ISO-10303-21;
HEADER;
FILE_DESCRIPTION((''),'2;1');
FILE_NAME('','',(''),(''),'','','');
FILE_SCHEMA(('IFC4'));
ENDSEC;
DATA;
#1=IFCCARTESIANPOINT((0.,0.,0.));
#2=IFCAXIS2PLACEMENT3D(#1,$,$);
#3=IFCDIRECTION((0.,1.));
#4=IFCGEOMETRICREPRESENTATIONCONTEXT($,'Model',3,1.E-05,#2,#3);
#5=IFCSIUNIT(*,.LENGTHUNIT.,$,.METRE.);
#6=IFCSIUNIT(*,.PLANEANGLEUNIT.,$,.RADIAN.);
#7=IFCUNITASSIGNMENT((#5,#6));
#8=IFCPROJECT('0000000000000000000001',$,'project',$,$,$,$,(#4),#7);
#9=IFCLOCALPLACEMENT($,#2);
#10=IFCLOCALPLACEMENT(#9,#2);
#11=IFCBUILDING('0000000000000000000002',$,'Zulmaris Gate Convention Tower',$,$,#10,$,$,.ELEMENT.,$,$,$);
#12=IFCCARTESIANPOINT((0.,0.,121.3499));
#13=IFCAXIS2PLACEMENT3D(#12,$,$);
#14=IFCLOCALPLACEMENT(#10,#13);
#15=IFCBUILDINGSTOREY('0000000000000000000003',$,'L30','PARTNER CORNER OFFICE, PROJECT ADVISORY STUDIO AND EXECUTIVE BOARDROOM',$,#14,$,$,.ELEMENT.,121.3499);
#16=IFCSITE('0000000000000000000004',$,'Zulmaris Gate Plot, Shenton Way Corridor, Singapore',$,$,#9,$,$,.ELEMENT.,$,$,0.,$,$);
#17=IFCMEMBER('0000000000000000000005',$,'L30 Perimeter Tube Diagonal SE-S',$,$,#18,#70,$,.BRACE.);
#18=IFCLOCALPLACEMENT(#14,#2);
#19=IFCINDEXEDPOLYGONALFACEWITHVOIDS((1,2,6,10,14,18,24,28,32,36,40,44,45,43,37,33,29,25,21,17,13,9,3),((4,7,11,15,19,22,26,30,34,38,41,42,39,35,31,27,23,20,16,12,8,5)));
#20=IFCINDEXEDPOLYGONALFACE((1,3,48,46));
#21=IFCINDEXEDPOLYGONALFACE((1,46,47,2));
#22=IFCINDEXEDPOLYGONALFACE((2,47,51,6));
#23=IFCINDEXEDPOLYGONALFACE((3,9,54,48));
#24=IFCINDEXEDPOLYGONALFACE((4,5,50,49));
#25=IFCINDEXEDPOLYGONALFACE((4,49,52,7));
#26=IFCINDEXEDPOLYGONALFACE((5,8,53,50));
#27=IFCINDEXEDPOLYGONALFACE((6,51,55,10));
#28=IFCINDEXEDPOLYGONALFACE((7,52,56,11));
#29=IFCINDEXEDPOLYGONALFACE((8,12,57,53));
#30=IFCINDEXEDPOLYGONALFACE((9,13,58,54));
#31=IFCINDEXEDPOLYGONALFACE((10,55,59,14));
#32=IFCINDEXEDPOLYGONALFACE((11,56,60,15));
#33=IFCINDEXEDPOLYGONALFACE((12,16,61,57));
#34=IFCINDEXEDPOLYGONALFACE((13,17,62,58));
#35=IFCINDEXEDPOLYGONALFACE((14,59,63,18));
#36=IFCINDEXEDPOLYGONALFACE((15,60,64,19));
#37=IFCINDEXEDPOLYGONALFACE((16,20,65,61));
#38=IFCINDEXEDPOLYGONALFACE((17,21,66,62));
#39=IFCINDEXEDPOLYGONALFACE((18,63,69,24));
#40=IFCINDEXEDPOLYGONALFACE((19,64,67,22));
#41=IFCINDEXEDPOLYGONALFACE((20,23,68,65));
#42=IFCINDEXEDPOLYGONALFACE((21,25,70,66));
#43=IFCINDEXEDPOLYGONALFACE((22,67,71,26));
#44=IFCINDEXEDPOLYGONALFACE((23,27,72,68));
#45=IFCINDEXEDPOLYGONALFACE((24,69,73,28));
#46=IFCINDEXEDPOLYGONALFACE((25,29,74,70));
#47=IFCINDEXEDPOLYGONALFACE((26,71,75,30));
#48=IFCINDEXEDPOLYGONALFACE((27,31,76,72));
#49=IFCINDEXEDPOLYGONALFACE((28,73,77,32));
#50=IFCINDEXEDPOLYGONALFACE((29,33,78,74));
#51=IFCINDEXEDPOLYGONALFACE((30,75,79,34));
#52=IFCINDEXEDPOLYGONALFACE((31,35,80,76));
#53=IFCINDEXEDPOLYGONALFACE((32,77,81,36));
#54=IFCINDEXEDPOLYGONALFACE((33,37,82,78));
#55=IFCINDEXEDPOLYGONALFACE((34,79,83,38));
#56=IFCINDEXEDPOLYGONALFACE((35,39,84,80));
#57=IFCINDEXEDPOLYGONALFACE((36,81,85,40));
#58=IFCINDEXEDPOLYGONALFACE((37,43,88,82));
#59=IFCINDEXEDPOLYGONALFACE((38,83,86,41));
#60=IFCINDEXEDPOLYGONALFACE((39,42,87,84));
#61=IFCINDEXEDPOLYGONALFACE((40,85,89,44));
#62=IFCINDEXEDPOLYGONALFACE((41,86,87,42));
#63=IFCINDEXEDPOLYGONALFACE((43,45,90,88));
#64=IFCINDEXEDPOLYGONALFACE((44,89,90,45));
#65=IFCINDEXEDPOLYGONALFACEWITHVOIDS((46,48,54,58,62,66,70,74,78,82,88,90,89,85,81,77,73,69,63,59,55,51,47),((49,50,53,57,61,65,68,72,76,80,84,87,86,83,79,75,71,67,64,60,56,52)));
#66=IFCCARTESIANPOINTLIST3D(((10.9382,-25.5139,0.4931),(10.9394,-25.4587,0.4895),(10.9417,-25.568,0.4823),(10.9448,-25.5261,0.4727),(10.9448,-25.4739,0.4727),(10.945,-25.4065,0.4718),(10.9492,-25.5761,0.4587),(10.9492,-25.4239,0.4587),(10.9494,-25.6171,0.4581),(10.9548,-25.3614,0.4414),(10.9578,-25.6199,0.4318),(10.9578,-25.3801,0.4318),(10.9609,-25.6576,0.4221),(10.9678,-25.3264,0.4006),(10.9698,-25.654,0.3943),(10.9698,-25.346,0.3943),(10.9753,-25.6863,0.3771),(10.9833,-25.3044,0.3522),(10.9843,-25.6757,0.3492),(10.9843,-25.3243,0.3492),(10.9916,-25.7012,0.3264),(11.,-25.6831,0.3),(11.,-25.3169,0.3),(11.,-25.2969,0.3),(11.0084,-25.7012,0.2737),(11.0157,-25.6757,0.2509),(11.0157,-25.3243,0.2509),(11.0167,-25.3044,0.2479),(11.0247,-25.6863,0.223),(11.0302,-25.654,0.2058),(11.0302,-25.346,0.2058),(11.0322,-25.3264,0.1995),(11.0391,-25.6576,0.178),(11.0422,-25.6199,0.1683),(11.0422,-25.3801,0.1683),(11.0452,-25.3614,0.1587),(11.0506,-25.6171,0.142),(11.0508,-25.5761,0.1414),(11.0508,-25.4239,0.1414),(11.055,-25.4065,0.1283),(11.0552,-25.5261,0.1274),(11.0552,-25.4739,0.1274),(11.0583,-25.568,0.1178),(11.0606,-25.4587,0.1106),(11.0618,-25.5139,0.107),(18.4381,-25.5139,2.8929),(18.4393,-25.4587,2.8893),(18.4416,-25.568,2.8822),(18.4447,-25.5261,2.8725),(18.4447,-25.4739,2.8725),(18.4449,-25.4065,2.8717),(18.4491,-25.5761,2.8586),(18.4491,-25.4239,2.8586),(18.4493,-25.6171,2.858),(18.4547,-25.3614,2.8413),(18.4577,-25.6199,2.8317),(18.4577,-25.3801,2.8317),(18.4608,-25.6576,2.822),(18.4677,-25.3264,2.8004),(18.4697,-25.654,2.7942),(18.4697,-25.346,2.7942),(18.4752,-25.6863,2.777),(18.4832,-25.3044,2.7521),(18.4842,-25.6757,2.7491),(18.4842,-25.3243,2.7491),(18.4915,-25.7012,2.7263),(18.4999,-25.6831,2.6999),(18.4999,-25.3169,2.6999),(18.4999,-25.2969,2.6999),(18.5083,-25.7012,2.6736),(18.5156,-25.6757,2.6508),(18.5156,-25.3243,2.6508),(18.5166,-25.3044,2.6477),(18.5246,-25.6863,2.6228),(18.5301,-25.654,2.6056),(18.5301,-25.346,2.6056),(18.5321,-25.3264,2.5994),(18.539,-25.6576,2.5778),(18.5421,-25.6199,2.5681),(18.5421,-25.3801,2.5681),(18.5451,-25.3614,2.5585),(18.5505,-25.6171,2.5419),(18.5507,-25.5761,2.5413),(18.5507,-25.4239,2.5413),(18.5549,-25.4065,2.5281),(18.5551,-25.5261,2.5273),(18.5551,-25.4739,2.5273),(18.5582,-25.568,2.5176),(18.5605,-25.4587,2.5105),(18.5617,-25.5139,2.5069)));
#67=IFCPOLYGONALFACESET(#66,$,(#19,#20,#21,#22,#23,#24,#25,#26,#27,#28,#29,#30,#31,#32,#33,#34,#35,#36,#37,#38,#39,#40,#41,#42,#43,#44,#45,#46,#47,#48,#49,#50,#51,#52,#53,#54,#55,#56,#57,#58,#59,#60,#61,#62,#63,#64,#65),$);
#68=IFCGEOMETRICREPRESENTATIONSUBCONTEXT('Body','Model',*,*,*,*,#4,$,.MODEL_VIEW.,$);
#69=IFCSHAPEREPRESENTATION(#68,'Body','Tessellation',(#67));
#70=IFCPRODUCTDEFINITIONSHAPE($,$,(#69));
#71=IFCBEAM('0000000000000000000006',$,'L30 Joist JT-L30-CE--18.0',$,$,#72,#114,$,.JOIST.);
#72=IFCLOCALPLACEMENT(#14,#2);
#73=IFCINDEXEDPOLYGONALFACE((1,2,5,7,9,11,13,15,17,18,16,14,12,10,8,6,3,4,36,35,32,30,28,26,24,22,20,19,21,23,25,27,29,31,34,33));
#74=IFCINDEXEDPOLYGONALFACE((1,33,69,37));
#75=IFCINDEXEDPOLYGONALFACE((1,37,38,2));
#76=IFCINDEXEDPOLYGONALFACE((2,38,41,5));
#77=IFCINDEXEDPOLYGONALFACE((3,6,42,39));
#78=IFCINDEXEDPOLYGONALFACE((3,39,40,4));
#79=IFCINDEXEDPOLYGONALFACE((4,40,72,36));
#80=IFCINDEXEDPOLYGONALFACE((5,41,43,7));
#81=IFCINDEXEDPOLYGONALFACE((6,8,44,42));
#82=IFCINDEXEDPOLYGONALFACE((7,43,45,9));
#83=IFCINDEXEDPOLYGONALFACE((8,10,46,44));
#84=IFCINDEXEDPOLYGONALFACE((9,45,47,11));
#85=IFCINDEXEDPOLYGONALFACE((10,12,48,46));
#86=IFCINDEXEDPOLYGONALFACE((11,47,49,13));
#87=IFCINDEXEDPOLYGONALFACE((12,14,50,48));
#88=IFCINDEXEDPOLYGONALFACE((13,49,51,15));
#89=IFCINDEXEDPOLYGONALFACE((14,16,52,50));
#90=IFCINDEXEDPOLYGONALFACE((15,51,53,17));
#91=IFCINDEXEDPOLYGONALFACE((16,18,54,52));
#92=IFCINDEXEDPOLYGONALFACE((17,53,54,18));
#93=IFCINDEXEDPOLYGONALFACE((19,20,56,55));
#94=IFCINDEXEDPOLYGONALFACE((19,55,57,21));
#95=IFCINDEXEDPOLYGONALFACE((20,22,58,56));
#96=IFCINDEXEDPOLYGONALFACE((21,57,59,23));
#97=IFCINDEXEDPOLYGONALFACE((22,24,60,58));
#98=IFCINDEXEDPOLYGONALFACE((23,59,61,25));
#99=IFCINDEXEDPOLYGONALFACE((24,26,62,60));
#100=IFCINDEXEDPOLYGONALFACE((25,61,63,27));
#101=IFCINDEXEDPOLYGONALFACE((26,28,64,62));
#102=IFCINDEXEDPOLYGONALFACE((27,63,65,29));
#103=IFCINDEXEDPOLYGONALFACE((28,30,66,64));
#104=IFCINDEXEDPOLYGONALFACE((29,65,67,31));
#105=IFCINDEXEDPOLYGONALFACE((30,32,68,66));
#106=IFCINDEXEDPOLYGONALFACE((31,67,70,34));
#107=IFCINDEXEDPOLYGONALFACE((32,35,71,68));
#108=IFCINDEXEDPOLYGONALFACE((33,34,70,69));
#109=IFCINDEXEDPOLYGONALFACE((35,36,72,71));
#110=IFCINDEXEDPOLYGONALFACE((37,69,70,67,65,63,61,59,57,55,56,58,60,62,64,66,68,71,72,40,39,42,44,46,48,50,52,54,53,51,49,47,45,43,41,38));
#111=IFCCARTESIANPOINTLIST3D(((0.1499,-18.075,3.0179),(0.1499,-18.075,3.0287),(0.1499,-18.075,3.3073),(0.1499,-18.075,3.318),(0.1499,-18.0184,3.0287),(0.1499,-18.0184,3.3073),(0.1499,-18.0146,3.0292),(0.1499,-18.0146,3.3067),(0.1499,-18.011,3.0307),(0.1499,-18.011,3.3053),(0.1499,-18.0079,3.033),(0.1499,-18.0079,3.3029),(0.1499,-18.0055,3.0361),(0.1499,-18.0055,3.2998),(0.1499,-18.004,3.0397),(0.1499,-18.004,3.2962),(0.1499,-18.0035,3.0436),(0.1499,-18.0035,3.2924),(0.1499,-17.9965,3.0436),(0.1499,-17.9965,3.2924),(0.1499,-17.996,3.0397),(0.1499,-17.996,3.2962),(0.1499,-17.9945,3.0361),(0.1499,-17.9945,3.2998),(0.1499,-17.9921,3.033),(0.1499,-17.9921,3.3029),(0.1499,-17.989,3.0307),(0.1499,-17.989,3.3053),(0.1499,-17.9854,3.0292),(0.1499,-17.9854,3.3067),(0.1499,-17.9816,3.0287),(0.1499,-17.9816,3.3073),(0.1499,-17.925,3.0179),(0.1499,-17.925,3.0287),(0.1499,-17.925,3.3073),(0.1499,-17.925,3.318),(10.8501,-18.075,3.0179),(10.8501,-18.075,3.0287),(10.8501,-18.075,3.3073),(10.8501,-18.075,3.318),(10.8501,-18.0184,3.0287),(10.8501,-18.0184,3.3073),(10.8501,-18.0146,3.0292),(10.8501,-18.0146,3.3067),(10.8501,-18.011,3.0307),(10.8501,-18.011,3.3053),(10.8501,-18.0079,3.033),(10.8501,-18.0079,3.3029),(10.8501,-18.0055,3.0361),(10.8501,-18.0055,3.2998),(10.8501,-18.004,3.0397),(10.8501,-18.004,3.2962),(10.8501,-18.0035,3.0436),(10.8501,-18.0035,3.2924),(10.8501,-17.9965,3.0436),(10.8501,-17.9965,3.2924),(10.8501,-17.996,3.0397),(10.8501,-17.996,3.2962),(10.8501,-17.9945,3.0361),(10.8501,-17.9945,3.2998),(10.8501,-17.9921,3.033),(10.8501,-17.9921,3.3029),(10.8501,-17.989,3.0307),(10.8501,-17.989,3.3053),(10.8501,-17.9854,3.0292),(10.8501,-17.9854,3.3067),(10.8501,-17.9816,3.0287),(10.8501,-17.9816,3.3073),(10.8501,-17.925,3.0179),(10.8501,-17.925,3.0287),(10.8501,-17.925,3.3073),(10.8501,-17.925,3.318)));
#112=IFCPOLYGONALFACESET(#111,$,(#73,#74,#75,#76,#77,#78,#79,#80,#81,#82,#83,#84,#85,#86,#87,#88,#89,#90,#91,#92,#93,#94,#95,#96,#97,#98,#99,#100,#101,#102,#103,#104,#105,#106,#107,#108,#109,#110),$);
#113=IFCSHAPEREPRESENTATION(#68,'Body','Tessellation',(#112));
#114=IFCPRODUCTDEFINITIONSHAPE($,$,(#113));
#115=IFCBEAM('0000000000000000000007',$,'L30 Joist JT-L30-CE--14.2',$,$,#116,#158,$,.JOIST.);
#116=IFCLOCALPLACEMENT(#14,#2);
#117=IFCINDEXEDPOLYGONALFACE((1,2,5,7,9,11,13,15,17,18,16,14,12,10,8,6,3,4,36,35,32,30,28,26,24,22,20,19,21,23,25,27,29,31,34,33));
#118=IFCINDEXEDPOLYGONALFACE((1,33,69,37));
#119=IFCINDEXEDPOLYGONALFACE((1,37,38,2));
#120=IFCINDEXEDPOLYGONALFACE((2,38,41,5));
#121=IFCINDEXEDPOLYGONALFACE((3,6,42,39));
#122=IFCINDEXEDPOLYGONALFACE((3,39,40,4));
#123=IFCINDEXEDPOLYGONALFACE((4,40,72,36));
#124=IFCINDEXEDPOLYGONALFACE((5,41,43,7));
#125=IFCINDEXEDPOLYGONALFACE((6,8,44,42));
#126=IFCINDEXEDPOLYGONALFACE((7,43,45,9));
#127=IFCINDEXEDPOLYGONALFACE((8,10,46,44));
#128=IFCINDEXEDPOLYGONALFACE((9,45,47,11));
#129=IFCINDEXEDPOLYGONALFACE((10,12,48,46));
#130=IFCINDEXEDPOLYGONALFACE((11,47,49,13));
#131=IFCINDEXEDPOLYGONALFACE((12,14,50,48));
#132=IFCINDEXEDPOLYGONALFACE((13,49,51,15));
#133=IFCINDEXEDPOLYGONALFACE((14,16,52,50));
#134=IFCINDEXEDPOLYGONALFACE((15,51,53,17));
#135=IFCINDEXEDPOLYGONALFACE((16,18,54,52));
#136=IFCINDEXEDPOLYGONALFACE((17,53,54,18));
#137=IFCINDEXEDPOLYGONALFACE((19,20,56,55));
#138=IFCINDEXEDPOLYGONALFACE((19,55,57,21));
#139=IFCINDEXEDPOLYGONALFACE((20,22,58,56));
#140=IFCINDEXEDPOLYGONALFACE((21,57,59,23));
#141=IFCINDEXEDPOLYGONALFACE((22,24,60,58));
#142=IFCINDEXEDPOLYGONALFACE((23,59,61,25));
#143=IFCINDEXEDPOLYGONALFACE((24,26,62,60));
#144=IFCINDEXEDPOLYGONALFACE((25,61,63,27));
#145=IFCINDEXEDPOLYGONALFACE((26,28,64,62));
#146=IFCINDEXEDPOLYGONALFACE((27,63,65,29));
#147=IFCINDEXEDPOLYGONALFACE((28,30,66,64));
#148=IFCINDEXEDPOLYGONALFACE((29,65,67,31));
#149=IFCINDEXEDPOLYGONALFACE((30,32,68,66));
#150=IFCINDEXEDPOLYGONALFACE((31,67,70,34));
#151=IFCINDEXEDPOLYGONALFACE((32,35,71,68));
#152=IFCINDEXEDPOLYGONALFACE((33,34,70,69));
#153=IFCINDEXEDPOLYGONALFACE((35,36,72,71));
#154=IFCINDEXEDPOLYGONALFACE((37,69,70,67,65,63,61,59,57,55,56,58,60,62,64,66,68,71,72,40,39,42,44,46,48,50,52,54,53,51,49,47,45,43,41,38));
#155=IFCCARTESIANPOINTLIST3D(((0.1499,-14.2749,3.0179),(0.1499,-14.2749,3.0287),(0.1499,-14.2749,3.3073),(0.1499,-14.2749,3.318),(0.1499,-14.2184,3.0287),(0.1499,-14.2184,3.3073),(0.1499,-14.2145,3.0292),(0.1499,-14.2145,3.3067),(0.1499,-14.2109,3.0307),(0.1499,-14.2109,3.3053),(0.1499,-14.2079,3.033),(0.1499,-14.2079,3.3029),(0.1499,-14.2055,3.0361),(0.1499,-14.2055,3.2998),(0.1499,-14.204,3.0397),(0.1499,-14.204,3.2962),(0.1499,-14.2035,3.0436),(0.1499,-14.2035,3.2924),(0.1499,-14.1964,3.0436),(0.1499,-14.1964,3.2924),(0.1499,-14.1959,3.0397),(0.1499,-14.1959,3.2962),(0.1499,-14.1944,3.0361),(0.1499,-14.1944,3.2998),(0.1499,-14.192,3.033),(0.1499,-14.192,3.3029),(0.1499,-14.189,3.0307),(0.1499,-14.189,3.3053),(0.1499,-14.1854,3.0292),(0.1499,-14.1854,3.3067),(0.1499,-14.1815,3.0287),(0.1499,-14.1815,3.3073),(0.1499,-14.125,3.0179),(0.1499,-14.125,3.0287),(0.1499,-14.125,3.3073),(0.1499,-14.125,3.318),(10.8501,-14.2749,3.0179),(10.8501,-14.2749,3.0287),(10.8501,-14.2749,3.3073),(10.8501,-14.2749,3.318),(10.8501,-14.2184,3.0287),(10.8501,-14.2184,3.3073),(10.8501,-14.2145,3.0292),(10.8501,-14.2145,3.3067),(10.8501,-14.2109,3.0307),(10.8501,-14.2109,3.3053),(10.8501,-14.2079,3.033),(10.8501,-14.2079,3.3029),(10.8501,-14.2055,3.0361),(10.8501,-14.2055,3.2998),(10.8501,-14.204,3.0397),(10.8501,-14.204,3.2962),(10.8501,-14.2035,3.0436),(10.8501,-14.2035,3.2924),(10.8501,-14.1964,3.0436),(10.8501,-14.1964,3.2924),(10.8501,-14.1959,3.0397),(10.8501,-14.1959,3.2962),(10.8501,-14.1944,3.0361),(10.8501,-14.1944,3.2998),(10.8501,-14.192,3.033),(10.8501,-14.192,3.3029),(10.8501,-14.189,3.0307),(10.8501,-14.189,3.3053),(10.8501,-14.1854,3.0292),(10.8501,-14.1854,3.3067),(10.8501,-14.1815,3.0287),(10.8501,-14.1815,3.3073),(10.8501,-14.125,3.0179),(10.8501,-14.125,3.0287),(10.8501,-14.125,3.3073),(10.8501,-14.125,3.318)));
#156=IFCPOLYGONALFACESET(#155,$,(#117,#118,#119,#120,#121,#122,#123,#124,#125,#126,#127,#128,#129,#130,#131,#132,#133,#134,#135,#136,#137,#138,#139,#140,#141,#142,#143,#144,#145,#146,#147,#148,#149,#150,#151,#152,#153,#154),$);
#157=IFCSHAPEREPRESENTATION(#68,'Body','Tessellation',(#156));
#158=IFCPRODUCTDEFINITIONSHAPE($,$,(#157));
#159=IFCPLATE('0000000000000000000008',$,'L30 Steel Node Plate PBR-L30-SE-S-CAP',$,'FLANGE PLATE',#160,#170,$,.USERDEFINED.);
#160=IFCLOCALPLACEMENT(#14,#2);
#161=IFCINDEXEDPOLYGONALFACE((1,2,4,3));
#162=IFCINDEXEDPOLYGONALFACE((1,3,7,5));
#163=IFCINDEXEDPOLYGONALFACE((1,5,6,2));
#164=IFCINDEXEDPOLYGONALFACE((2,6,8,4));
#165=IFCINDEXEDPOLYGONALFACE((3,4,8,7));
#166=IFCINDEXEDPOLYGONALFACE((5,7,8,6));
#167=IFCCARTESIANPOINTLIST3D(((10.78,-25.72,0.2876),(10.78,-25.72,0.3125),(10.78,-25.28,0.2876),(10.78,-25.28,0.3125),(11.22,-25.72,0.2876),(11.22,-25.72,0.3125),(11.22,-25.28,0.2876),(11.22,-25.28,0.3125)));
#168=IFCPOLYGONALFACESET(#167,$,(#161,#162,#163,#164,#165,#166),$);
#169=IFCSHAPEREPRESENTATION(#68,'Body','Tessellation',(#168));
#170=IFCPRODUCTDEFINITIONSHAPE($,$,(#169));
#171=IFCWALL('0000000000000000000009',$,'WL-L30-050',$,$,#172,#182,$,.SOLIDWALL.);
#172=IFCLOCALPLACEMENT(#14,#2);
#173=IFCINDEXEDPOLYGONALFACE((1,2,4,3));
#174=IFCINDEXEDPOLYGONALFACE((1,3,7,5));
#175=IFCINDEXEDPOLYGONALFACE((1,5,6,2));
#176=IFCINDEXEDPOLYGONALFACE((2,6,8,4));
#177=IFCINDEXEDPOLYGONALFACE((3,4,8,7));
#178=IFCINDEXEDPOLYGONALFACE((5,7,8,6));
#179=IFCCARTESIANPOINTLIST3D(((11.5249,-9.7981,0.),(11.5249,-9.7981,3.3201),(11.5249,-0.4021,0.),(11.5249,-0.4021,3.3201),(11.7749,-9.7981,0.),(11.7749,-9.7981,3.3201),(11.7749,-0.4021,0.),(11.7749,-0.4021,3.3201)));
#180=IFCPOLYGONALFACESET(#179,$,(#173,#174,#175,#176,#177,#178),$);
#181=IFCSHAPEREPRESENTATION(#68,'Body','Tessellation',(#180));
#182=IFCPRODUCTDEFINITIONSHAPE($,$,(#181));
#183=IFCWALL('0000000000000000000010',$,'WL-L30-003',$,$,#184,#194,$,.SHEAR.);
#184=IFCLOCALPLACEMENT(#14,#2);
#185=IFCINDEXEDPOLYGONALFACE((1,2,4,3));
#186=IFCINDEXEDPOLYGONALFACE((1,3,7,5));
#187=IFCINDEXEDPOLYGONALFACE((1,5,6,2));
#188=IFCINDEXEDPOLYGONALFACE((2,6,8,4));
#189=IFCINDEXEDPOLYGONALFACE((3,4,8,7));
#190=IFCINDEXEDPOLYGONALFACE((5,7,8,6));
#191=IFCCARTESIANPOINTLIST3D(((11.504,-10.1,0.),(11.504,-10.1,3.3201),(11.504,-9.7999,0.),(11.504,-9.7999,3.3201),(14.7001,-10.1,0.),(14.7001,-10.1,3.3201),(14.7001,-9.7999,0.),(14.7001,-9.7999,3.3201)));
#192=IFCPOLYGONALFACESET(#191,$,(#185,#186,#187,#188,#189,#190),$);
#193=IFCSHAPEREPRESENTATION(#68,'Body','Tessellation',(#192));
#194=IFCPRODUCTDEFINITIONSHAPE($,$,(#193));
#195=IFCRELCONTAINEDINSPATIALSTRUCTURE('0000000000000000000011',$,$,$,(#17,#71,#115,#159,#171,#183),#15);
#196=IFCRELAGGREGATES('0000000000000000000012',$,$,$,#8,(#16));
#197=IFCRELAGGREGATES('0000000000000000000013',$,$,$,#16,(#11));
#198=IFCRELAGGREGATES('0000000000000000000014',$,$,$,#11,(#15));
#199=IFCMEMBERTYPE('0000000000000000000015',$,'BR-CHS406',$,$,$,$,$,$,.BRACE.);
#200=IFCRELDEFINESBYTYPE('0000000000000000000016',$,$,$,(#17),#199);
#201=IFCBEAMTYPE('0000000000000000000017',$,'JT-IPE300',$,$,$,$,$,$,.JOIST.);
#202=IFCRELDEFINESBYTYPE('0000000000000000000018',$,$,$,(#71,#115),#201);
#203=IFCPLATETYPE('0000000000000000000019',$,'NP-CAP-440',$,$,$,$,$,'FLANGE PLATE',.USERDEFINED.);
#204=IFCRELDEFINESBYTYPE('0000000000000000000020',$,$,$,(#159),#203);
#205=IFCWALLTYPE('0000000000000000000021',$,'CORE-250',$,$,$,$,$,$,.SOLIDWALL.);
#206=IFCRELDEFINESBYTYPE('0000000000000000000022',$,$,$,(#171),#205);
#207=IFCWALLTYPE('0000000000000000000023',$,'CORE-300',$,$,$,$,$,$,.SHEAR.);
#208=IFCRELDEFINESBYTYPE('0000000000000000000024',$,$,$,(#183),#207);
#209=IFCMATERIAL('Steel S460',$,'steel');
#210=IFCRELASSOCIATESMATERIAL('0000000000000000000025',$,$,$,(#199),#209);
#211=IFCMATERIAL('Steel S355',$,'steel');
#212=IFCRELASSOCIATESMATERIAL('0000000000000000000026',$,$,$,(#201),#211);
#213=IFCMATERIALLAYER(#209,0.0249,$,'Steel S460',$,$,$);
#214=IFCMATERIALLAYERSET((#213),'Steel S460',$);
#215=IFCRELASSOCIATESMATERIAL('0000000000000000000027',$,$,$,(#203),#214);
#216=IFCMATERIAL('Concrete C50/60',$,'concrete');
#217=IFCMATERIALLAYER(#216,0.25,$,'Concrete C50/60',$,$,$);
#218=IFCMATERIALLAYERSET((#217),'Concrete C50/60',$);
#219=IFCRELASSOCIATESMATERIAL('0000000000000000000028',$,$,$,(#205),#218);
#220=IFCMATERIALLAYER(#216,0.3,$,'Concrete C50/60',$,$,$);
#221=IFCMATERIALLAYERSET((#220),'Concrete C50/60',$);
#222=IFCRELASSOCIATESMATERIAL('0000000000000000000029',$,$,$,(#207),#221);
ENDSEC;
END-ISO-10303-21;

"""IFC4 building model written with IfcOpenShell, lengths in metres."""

from ifc_helpers import new_model, si_unit, direction, frame, frame_2d, origin, origin_2d, place, context, subcontext, project, spatial, rectangle, hollow_circle, i_section, extrude, material, layer, layer_set, material_profile, profile_set, type_object, element, save


model = new_model("IFC4")

# Units and contexts
model_context = context("Model", 3, precision=1e-05, world=origin(), true_north=direction((0.0, 1.0)))
body_context = subcontext(model_context, "Body", "Model", "MODEL_VIEW")
ifc_project = project(units=[si_unit("LENGTHUNIT", "METRE"), si_unit("PLANEANGLEUNIT", "RADIAN")], contexts=[model_context])

# Site, building, storey
site_placement = place(None, origin())
site = spatial("IfcSite", under=ifc_project, at=site_placement, Name="Zulmaris Gate Plot, Shenton Way Corridor, Singapore", CompositionType="ELEMENT", RefElevation=0.0)
building_placement = place(site_placement, origin())
building = spatial("IfcBuilding", under=site, at=building_placement, Name="Zulmaris Gate Convention Tower", CompositionType="ELEMENT")
storey_placement = place(building_placement, frame((0.0, 0.0, 121.3499)))
storey = spatial("IfcBuildingStorey", under=building, at=storey_placement, Name="L30", Description="PARTNER CORNER OFFICE, PROJECT ADVISORY STUDIO AND EXECUTIVE BOARDROOM", CompositionType="ELEMENT", Elevation=121.3499)

# Shared definitions
ifc_material_1 = material(Name="Steel S355", Category="steel")

# Member
ifc_material_2 = material(Name="Steel S460", Category="steel")
ifc_material_profile_1 = material_profile(ifc_material_2, hollow_circle(Radius=0.2031, WallThickness=0.02, at=origin_2d()), Name="CHS 406.4x20")
ifc_profile_set_1 = profile_set([ifc_material_profile_1], Name="Steel S460")
member_type = type_object("IfcMemberType", Name="BR-CHS406", PredefinedType="BRACE", material=ifc_profile_set_1)
member_placement = place(storey_placement, frame((11.0, -25.5, 0.3), z_axis=(0.952428, 0.0, 0.304764), x_axis=(0.0, 1.0, 0.0)))
element("IfcMember", 1, at=member_placement, inside=storey, type_object=member_type, Name="L30 Perimeter Tube Diagonal SE-S", PredefinedType="BRACE", context=body_context, shape_type="SweptSolid", body=[
    extrude(hollow_circle(Radius=0.2031, WallThickness=0.02, at=origin_2d()), origin(), (0.0, 0.0, 1.0), 7.8745),
])

# Beams
ifc_material_profile_2 = material_profile(ifc_material_1, i_section(OverallWidth=0.1499, OverallDepth=0.3, WebThickness=0.0071, FlangeThickness=0.0107, FilletRadius=0.0149, at=origin_2d()), Name="IPE 300")
ifc_profile_set_2 = profile_set([ifc_material_profile_2], Name="Steel S355")
beam_type_1 = type_object("IfcBeamType", Name="JT-IPE300", PredefinedType="JOIST", material=ifc_profile_set_2)
for number, where, z_axis, x_axis, name in (
    (2, (0.1499, -18.0, 3.168), (1.0, 0.0, 0.0), (0.0, 1.0, 0.0), "L30 Joist JT-L30-CE--18.0"),
    (3, (0.1499, -14.2, 3.168), (1.0, 0.0, 0.0), (0.0, 1.0, 0.0), "L30 Joist JT-L30-CE--14.2"),
):
    element("IfcBeam", number, at=place(storey_placement, frame(where, z_axis=z_axis, x_axis=x_axis)), inside=storey, type_object=beam_type_1, Name=name, PredefinedType="JOIST", context=body_context, shape_type="SweptSolid", body=[
        extrude(i_section(OverallWidth=0.1499, OverallDepth=0.3, WebThickness=0.0071, FlangeThickness=0.0107, FilletRadius=0.0149, at=origin_2d()), origin(), (0.0, 0.0, 1.0), 10.7002),
    ])

# Plate
ifc_layer_1 = layer(ifc_material_2, 0.0249, Name="Steel S460")
ifc_layer_set_1 = layer_set([ifc_layer_1], Name="Steel S460")
plate_type = type_object("IfcPlateType", Name="NP-CAP-440", ElementType="FLANGE PLATE", PredefinedType="USERDEFINED", material=ifc_layer_set_1)
plate_placement = place(storey_placement, frame((11.0, -25.5, 0.2876), z_axis=(0.0, 0.0, 1.0), x_axis=(1.0, 0.0, 0.0)))
element("IfcPlate", 4, at=plate_placement, inside=storey, type_object=plate_type, Name="L30 Steel Node Plate PBR-L30-SE-S-CAP", ObjectType="FLANGE PLATE", PredefinedType="USERDEFINED", context=body_context, shape_type="SweptSolid", body=[
    extrude(rectangle(XDim=0.4399, YDim=0.4399, at=origin_2d()), origin(), (0.0, 0.0, 1.0), 0.0249),
])

# Walls
ifc_material_3 = material(Name="Concrete C50/60", Category="concrete")
ifc_layer_2 = layer(ifc_material_3, 0.25, Name="Concrete C50/60")
ifc_layer_set_2 = layer_set([ifc_layer_2], Name="Concrete C50/60")
wall_type_1 = type_object("IfcWallType", Name="CORE-250", PredefinedType="SOLIDWALL", material=ifc_layer_set_2)
wall_1_placement = place(storey_placement, frame((11.6499, -9.7981, 0.0), z_axis=(0.0, 0.0, 1.0), x_axis=(0.0, 1.0, 0.0)))
element("IfcWall", 5, at=wall_1_placement, inside=storey, type_object=wall_type_1, Name="WL-L30-050", PredefinedType="SOLIDWALL", context=body_context, shape_type="SweptSolid", body=[
    extrude(rectangle(XDim=9.396, YDim=0.25, at=frame_2d((4.698, 0.0))), origin(), (0.0, 0.0, 1.0), 3.3201),
])
ifc_layer_3 = layer(ifc_material_3, 0.3, Name="Concrete C50/60")
ifc_layer_set_3 = layer_set([ifc_layer_3], Name="Concrete C50/60")
wall_type_2 = type_object("IfcWallType", Name="CORE-300", PredefinedType="SHEAR", material=ifc_layer_set_3)
wall_2_placement = place(storey_placement, frame((11.5039, -9.95, 0.0), z_axis=(0.0, 0.0, 1.0), x_axis=(1.0, 0.0, 0.0)))
element("IfcWall", 6, at=wall_2_placement, inside=storey, type_object=wall_type_2, Name="WL-L30-003", PredefinedType="SHEAR", context=body_context, shape_type="SweptSolid", body=[
    extrude(rectangle(XDim=3.196, YDim=0.3, at=frame_2d((1.5981, 0.0))), origin(), (0.0, 0.0, 1.0), 3.3201),
])

save(model, "model.ifc")
